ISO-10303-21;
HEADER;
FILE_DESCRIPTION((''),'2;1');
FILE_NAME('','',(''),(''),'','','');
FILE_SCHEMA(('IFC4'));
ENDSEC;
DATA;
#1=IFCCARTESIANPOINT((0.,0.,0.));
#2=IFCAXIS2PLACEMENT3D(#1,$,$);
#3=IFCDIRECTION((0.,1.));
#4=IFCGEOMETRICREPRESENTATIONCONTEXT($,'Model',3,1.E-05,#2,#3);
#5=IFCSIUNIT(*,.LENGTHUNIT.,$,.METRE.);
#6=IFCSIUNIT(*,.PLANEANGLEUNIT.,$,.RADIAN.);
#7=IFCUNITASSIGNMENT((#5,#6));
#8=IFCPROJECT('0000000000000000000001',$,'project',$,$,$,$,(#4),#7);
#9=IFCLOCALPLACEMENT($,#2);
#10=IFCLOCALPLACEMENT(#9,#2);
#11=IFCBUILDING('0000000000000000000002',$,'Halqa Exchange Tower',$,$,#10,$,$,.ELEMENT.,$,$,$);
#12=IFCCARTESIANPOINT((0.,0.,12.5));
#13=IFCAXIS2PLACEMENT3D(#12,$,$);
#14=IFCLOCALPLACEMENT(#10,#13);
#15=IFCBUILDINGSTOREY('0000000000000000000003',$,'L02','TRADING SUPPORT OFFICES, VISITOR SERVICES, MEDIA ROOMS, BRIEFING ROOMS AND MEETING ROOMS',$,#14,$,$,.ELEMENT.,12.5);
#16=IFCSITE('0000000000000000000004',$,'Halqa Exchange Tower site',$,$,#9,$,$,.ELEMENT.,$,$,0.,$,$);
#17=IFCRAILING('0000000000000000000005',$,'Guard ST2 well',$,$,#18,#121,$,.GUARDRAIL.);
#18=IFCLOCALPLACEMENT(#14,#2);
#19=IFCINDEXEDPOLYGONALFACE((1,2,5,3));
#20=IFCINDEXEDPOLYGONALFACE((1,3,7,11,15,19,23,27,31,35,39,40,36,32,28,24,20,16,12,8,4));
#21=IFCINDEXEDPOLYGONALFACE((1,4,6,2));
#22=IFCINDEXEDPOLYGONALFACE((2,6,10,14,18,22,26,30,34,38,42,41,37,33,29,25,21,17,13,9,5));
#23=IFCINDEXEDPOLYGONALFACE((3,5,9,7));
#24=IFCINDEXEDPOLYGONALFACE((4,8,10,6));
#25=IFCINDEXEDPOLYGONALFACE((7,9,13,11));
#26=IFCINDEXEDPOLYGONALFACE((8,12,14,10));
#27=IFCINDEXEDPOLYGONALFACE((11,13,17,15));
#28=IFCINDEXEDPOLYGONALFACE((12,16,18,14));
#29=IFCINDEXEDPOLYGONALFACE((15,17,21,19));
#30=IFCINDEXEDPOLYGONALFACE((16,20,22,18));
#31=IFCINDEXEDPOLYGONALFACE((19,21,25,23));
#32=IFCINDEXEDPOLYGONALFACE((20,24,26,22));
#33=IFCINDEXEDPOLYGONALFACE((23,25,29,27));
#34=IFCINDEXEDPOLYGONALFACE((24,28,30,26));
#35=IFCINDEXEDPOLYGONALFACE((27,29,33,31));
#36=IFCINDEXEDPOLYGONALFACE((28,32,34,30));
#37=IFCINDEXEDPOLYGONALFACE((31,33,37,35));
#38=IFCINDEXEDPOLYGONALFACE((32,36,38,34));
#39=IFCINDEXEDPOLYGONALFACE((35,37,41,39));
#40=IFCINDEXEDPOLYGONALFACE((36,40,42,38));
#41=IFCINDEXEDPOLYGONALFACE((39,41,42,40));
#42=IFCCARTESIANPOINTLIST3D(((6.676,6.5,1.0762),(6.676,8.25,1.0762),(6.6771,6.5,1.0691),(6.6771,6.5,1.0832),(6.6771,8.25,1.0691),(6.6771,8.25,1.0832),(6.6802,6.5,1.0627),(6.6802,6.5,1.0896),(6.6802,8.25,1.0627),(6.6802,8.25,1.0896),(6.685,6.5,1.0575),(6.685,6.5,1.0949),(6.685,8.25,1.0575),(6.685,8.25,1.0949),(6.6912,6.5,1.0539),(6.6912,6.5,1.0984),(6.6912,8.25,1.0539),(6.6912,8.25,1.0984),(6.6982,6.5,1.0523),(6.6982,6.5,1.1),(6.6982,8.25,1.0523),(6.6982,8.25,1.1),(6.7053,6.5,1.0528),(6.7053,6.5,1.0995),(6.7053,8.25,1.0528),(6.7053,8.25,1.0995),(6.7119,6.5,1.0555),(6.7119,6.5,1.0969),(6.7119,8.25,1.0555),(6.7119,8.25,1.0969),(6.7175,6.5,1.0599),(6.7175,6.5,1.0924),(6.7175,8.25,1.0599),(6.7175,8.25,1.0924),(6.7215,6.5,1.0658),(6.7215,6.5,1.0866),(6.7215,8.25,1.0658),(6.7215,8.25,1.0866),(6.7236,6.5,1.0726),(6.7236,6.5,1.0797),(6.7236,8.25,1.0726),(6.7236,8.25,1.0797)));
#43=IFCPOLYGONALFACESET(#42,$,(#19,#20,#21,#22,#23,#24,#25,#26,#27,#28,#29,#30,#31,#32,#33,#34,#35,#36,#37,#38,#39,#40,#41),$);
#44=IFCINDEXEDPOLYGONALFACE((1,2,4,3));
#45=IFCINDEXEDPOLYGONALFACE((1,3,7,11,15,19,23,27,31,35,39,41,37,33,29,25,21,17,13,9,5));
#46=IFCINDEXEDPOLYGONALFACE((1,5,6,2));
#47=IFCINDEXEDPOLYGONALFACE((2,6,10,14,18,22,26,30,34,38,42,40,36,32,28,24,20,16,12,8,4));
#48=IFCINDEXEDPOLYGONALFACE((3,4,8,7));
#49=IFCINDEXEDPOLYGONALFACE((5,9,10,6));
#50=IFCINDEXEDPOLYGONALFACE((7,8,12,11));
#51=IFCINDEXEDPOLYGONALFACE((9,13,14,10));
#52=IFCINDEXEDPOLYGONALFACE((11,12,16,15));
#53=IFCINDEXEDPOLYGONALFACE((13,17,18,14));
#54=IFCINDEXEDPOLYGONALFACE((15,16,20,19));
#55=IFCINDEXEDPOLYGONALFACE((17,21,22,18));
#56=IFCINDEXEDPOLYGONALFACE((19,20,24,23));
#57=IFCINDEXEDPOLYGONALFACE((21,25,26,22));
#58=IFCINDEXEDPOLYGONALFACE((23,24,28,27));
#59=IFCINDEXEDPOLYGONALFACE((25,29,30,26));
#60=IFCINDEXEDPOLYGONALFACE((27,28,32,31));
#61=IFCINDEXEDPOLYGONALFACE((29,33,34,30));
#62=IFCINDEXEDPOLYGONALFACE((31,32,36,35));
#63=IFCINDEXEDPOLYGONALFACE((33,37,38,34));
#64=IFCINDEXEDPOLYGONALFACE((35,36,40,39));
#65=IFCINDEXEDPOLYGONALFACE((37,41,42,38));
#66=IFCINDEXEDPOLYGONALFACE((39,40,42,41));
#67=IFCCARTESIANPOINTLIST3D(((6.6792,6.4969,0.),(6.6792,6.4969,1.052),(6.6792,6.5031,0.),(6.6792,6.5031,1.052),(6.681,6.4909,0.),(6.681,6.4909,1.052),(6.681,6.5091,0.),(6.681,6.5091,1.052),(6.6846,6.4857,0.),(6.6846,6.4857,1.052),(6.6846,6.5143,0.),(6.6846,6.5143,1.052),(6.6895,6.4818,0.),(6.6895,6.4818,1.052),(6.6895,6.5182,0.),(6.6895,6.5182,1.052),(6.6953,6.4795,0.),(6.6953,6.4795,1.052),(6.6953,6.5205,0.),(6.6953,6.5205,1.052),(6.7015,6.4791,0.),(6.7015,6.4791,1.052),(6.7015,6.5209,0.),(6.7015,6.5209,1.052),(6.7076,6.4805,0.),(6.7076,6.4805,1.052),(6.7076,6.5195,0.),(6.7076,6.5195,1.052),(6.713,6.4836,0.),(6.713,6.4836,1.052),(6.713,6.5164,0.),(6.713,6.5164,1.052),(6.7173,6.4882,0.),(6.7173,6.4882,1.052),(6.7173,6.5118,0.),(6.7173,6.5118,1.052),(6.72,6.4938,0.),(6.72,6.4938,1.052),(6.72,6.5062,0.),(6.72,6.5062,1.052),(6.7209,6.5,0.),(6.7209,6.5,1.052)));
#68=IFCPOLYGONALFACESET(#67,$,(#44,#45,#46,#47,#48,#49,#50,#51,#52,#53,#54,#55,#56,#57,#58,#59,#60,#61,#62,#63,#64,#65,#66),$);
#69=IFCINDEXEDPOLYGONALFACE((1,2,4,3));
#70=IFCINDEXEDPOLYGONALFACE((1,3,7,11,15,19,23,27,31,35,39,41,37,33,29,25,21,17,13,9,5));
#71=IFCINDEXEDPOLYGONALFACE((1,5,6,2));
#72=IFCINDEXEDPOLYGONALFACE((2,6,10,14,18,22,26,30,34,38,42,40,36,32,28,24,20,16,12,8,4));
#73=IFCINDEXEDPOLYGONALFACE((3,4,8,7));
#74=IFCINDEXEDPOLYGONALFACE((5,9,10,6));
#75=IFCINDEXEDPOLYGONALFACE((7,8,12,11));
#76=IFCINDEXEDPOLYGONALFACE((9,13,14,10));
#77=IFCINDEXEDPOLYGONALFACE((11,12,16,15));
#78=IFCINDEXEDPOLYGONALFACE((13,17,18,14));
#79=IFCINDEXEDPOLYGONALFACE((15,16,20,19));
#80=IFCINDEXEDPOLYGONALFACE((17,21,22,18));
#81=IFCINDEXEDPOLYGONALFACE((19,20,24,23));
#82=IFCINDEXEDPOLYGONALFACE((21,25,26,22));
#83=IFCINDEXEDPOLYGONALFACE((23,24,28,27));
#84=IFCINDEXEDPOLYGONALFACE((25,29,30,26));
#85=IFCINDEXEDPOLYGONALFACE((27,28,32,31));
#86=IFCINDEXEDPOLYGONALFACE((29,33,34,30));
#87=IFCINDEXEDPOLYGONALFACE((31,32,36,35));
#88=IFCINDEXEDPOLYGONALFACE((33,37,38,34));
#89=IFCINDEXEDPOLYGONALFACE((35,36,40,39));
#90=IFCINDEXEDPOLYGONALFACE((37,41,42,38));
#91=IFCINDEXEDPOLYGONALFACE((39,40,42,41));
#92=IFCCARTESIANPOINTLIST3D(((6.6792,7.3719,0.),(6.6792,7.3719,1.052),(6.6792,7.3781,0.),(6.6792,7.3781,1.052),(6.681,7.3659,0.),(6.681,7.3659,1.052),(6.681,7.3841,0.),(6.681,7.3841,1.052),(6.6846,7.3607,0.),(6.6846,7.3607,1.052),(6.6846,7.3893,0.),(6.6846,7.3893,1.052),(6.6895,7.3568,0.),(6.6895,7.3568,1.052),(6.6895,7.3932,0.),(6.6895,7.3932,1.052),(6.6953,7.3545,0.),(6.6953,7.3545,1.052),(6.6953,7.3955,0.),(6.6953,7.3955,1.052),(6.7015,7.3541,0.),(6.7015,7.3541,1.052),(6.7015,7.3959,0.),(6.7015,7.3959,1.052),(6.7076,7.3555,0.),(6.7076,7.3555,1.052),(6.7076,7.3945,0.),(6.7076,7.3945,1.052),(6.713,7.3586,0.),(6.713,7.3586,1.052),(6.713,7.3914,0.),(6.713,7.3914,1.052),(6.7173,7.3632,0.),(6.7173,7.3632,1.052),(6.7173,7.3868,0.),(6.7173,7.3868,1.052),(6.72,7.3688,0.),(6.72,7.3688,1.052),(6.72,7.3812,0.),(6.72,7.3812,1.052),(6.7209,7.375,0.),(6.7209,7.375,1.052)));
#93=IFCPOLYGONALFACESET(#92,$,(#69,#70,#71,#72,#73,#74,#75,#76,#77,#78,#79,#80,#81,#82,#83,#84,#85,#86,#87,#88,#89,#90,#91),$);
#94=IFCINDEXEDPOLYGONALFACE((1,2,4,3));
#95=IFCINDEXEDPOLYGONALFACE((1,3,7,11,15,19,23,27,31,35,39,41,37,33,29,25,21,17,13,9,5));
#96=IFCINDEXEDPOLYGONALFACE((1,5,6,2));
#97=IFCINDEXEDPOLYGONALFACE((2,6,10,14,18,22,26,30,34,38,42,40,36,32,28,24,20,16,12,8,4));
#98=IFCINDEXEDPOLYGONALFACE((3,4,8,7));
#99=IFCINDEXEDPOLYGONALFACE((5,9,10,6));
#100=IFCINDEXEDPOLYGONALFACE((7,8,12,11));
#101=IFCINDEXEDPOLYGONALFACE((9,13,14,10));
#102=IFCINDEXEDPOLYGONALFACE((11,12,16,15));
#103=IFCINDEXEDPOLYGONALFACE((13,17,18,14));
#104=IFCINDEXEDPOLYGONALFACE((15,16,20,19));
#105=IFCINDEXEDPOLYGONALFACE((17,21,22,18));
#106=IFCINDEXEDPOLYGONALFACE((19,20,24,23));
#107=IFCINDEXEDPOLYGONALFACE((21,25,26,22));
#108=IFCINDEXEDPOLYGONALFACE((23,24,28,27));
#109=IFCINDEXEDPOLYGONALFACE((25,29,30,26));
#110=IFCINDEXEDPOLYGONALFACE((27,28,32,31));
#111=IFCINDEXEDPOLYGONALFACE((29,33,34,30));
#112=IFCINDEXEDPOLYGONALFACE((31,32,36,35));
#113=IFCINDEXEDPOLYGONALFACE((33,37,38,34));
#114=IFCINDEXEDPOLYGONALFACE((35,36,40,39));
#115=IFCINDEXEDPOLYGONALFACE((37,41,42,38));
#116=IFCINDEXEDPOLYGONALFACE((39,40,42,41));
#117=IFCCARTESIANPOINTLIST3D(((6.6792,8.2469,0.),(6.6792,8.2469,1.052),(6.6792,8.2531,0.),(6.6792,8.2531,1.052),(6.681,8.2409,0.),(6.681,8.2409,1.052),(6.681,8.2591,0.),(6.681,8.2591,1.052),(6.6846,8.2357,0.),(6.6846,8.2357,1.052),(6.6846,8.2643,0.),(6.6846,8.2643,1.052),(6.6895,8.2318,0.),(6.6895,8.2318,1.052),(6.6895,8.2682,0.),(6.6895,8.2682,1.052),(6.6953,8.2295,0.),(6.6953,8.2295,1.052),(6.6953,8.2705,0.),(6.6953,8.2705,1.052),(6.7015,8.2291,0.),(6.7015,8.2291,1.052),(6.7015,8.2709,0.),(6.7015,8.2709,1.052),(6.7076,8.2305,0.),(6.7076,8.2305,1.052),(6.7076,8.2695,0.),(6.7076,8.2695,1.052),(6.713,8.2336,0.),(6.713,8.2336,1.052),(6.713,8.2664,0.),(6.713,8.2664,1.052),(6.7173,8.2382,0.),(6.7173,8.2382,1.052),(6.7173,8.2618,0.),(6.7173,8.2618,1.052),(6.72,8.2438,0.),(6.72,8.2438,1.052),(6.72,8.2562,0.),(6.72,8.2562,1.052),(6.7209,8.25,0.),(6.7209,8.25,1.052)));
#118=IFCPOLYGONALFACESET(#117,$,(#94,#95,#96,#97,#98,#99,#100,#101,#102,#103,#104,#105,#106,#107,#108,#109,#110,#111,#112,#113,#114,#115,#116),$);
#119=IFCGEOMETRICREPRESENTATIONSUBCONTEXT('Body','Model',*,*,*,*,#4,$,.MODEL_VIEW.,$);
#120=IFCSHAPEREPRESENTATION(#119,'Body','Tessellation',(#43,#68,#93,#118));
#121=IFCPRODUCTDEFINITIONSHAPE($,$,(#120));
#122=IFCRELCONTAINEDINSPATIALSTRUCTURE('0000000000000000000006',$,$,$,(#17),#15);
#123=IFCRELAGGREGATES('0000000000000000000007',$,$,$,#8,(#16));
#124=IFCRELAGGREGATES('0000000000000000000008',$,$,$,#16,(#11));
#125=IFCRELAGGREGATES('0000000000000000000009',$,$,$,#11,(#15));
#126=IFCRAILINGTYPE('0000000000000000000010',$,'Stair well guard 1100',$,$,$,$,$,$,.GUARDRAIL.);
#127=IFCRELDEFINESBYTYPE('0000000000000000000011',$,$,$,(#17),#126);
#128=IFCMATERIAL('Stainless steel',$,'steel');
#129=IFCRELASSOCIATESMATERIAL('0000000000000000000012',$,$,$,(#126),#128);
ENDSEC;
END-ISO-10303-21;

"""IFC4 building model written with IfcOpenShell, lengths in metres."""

from ifc_helpers import new_model, si_unit, direction, frame, origin, origin_2d, place, context, subcontext, project, spatial, circle, extrude, material, type_object, element, save


model = new_model("IFC4")

# Units and contexts
model_context = context("Model", 3, precision=1e-05, world=origin(), true_north=direction((0.0, 1.0)))
body_context = subcontext(model_context, "Body", "Model", "MODEL_VIEW")
ifc_project = project(units=[si_unit("LENGTHUNIT", "METRE"), si_unit("PLANEANGLEUNIT", "RADIAN")], contexts=[model_context])

# Site, building, storey
site_placement = place(None, origin())
site = spatial("IfcSite", under=ifc_project, at=site_placement, Name="Halqa Exchange Tower site", CompositionType="ELEMENT", RefElevation=0.0)
building_placement = place(site_placement, origin())
building = spatial("IfcBuilding", under=site, at=building_placement, Name="Halqa Exchange Tower", CompositionType="ELEMENT")
storey_placement = place(building_placement, frame((0.0, 0.0, 12.5)))
storey = spatial("IfcBuildingStorey", under=building, at=storey_placement, Name="L02", Description="TRADING SUPPORT OFFICES, VISITOR SERVICES, MEDIA ROOMS, BRIEFING ROOMS AND MEETING ROOMS", CompositionType="ELEMENT", Elevation=12.5)

# Railing
ifc_material_1 = material(Name="Stainless steel", Category="steel")
railing_type_1 = type_object("IfcRailingType", Name="Stair well guard 1100", PredefinedType="GUARDRAIL", material=ifc_material_1)
railing_1_placement = place(storey_placement, frame((6.7, 6.5, 0.0)))
element("IfcRailing", 1, at=railing_1_placement, inside=storey, type_object=railing_type_1, Name="Guard ST2 well", PredefinedType="GUARDRAIL", context=body_context, shape_type="SweptSolid", body=[
    extrude(circle(Radius=0.0239, at=origin_2d()), frame((0.0, 0.0, 1.0762), z_axis=(0.0, 1.0, 0.0), x_axis=(-1.0, 0.0, 0.0)), (0.0, 0.0, 1.0), 1.75),
    extrude(circle(Radius=0.021, at=origin_2d()), origin(), (0.0, 0.0, 1.0), 1.052),
    extrude(circle(Radius=0.021, at=origin_2d()), frame((0.0, 0.875, 0.0)), (0.0, 0.0, 1.0), 1.052),
    extrude(circle(Radius=0.021, at=origin_2d()), frame((0.0, 1.75, 0.0)), (0.0, 0.0, 1.0), 1.052),
])

save(model, "model.ifc")
